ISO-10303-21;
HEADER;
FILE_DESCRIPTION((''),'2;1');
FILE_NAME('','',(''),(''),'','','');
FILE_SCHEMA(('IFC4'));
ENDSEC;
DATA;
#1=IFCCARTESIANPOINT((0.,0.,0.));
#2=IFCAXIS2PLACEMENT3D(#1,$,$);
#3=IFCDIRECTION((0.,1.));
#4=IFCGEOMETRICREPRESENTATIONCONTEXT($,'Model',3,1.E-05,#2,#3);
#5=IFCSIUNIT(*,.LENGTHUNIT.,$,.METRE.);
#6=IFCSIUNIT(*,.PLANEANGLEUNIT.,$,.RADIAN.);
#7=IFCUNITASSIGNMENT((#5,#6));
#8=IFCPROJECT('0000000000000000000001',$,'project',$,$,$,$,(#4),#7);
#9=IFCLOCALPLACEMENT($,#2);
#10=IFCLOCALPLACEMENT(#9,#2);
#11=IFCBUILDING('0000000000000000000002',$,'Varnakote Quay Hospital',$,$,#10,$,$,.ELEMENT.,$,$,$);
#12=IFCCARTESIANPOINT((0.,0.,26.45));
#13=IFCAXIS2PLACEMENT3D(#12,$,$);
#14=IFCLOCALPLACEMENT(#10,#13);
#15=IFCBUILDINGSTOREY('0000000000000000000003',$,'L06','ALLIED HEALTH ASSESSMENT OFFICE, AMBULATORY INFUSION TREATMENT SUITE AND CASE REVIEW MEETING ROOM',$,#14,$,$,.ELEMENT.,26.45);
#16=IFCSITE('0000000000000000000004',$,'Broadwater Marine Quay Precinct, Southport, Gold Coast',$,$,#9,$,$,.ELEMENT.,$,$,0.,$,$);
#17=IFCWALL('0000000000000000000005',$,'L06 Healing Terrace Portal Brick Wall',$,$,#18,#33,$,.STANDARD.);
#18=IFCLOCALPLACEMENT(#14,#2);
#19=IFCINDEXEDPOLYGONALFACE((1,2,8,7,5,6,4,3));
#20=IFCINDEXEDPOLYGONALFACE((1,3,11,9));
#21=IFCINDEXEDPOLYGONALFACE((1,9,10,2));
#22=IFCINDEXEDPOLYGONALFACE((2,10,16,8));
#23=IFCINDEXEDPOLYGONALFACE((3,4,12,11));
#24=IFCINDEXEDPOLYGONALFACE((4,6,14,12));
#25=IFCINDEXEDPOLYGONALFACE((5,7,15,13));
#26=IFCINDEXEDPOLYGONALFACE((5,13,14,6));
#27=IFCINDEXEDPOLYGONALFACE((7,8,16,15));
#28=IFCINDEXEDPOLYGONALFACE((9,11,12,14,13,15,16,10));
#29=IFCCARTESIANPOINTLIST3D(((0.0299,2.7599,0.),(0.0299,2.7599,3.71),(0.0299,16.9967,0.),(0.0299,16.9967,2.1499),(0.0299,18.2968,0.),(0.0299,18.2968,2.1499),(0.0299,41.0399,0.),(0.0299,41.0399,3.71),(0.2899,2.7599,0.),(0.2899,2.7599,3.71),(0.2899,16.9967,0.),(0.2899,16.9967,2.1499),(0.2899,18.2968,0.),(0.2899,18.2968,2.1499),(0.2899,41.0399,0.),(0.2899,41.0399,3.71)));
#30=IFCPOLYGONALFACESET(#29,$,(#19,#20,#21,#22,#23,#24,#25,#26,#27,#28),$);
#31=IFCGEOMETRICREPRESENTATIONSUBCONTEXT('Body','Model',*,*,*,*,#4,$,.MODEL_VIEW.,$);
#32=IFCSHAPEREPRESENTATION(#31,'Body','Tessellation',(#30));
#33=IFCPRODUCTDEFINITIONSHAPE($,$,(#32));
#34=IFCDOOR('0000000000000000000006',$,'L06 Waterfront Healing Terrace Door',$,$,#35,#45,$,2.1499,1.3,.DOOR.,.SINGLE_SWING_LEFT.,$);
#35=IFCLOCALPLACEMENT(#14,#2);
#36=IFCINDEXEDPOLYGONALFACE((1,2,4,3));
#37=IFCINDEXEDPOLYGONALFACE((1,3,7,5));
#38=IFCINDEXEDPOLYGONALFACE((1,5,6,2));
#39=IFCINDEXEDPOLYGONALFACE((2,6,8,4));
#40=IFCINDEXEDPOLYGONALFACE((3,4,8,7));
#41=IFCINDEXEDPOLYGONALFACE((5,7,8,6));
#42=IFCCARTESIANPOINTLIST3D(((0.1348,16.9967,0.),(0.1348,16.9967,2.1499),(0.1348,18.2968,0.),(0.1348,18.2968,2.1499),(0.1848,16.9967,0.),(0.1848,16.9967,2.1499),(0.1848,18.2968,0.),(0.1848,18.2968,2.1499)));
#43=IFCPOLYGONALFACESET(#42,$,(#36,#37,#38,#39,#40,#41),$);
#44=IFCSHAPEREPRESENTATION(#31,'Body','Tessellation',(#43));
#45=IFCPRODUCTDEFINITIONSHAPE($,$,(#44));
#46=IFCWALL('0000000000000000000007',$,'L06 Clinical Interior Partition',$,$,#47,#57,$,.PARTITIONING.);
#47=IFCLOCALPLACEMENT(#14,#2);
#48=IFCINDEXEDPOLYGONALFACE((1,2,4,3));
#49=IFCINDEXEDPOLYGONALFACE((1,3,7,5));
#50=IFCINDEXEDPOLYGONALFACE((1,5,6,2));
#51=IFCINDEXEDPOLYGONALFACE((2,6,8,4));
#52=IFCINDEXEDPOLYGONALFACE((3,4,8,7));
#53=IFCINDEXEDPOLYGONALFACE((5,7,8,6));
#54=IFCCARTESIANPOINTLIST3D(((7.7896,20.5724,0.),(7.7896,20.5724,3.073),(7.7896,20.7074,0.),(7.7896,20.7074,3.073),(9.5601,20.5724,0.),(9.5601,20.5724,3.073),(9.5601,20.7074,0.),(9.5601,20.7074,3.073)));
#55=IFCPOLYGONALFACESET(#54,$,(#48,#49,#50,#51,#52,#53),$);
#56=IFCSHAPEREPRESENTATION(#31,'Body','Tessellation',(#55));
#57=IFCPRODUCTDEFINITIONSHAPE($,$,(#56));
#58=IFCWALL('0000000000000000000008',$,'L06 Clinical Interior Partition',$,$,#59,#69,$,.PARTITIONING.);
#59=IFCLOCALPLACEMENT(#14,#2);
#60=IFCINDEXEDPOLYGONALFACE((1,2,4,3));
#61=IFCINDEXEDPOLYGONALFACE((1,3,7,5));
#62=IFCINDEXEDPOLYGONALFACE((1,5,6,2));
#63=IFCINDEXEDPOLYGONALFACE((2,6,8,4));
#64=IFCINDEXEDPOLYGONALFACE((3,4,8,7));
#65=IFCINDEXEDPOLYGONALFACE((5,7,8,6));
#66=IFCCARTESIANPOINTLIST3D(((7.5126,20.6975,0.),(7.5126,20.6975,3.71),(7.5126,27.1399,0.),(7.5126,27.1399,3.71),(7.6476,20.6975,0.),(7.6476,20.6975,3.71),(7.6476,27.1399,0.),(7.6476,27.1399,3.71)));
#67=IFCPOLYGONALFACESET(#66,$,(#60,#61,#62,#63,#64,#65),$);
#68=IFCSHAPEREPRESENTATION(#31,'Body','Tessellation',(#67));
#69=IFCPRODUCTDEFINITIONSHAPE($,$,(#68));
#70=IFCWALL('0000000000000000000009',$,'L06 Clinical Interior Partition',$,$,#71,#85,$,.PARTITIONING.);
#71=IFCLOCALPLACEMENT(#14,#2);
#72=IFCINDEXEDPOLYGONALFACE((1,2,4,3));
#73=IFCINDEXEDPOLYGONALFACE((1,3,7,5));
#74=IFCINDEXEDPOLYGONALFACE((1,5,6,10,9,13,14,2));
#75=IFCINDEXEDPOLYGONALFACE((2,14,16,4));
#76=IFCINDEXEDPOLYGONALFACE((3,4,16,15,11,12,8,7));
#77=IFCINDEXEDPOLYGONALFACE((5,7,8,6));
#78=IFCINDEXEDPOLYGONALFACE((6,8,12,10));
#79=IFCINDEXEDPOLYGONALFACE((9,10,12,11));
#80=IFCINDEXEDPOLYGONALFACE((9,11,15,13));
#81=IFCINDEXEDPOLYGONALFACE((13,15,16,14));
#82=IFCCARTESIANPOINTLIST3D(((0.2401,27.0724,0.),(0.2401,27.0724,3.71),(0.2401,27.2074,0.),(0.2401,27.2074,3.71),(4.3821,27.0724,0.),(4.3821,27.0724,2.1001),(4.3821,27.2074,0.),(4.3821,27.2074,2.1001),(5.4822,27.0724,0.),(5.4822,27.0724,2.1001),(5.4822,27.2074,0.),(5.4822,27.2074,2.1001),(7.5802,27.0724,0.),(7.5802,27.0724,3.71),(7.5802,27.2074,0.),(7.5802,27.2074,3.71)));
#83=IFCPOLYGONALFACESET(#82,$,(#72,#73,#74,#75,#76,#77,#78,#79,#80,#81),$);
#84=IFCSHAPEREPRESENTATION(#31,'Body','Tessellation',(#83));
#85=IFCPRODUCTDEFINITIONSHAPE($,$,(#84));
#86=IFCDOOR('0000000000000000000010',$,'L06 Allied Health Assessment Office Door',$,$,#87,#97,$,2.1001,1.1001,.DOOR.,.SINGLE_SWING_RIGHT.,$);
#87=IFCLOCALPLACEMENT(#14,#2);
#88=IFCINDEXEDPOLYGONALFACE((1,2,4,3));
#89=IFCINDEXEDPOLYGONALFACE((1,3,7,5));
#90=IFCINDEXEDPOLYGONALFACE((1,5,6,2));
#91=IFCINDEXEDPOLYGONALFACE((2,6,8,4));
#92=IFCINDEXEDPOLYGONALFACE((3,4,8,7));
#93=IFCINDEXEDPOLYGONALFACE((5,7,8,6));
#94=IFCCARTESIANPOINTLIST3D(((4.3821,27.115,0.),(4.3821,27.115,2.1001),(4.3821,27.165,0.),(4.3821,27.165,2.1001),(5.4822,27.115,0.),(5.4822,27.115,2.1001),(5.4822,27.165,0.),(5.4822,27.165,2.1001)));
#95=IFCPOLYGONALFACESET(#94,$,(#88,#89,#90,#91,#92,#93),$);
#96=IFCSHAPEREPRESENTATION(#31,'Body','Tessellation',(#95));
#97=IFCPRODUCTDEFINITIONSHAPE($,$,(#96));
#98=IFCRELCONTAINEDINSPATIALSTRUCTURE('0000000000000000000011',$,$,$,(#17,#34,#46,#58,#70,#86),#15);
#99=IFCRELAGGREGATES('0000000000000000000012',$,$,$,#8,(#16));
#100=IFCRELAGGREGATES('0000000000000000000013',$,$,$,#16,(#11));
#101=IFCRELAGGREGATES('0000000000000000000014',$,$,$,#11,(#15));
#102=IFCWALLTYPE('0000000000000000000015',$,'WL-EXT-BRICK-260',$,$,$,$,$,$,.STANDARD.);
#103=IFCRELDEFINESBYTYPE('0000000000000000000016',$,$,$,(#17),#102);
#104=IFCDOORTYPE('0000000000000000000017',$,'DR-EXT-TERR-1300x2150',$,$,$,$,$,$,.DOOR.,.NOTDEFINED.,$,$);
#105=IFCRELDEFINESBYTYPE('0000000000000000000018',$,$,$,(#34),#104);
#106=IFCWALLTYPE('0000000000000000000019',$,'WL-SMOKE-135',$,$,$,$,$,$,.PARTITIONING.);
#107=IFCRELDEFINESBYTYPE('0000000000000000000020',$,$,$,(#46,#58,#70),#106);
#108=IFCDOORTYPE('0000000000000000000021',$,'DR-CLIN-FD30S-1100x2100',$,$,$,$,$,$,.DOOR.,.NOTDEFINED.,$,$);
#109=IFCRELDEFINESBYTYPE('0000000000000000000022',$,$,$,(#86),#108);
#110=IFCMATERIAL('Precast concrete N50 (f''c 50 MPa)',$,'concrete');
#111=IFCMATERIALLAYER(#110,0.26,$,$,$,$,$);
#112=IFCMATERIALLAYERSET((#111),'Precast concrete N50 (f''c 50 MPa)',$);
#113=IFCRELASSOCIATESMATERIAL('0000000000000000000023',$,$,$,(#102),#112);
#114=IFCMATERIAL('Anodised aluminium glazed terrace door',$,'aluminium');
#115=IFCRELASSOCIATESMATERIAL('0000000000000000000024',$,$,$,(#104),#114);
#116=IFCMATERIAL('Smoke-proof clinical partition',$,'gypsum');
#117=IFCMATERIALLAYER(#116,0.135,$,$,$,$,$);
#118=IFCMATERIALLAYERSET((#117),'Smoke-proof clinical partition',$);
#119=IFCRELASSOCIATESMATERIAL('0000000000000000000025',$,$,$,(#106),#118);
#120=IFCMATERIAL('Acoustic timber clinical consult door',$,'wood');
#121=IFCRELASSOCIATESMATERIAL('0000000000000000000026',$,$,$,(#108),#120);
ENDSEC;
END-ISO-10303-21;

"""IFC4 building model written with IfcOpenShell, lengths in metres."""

from ifc_helpers import new_model, si_unit, direction, frame, frame_2d, origin, place, context, subcontext, project, spatial, rectangle, extrude, material, layer, layer_set, type_object, element, fill, save


model = new_model("IFC4")

# Units and contexts
model_context = context("Model", 3, precision=1e-05, world=origin(), true_north=direction((0.0, 1.0)))
body_context = subcontext(model_context, "Body", "Model", "MODEL_VIEW")
ifc_project = project(units=[si_unit("LENGTHUNIT", "METRE"), si_unit("PLANEANGLEUNIT", "RADIAN")], contexts=[model_context])

# Site, building, storey
site_placement = place(None, origin())
site = spatial("IfcSite", under=ifc_project, at=site_placement, Name="Broadwater Marine Quay Precinct, Southport, Gold Coast", CompositionType="ELEMENT", RefElevation=0.0)
building_placement = place(site_placement, origin())
building = spatial("IfcBuilding", under=site, at=building_placement, Name="Varnakote Quay Hospital", CompositionType="ELEMENT")
storey_placement = place(building_placement, frame((0.0, 0.0, 26.45)))
storey = spatial("IfcBuildingStorey", under=building, at=storey_placement, Name="L06", Description="ALLIED HEALTH ASSESSMENT OFFICE, AMBULATORY INFUSION TREATMENT SUITE AND CASE REVIEW MEETING ROOM", CompositionType="ELEMENT", Elevation=26.45)

# Shared definitions
ifc_material_1 = material(Name="Precast concrete N50 (f'c 50 MPa)", Category="concrete")
ifc_layer_1 = layer(ifc_material_1, 0.26)
ifc_layer_set_1 = layer_set([ifc_layer_1], Name="Precast concrete N50 (f'c 50 MPa)")
wall_type_1 = type_object("IfcWallType", Name="WL-EXT-BRICK-260", PredefinedType="STANDARD", material=ifc_layer_set_1)

# Wall, opening, door
wall_1_placement = place(storey_placement, frame((0.1599, 41.04, 0.0), z_axis=(0.0, 0.0, 1.0), x_axis=(0.0, -1.0, 0.0)))
wall_1 = element("IfcWall", 1, at=wall_1_placement, inside=storey, type_object=wall_type_1, Name="L06 Healing Terrace Portal Brick Wall", PredefinedType="STANDARD", context=body_context, shape_type="SweptSolid", body=[
    extrude(rectangle(XDim=38.28, YDim=0.26, at=frame_2d((19.1401, 0.0))), origin(), (0.0, 0.0, 1.0), 3.71),
])
opening_1_placement = place(wall_1_placement, frame((22.7434, 0.0, 0.0)))
opening_1 = element("IfcOpeningElement", 2, at=opening_1_placement, cuts=wall_1, PredefinedType="OPENING", context=body_context, shape_type="SweptSolid", body=[
    extrude(rectangle(XDim=1.3, YDim=2.1499, at=frame_2d((0.6499, 1.075))), frame((0.0, 0.1399, 0.0), z_axis=(0.0, -1.0, 0.0), x_axis=(1.0, 0.0, 0.0)), (0.0, 0.0, 1.0), 0.28),
])
ifc_material_2 = material(Name="Anodised aluminium glazed terrace door", Category="aluminium")
door_type_1 = type_object("IfcDoorType", Name="DR-EXT-TERR-1300x2150", OperationType="NOTDEFINED", PredefinedType="DOOR", material=ifc_material_2)
door_1_placement = place(opening_1_placement, origin())
door_1 = element("IfcDoor", 3, at=door_1_placement, inside=storey, type_object=door_type_1, Name="L06 Waterfront Healing Terrace Door", OperationType="SINGLE_SWING_LEFT", OverallHeight=2.1499, OverallWidth=1.3, PredefinedType="DOOR", context=body_context, shape_type="SweptSolid", body=[
    extrude(rectangle(XDim=1.3, YDim=2.1499, at=frame_2d((0.6499, 1.075))), frame((0.0, 0.0249, 0.0), z_axis=(0.0, -1.0, 0.0), x_axis=(1.0, 0.0, 0.0)), (0.0, 0.0, 1.0), 0.05),
])
fill(opening_1, door_1)

# Walls
ifc_material_3 = material(Name="Smoke-proof clinical partition", Category="gypsum")
ifc_layer_2 = layer(ifc_material_3, 0.135)
ifc_layer_set_2 = layer_set([ifc_layer_2], Name="Smoke-proof clinical partition")
wall_type_2 = type_object("IfcWallType", Name="WL-SMOKE-135", PredefinedType="PARTITIONING", material=ifc_layer_set_2)
wall_2_placement = place(storey_placement, frame((9.5601, 20.6399, 0.0), z_axis=(0.0, 0.0, 1.0), x_axis=(-1.0, 0.0, 0.0)))
element("IfcWall", 4, at=wall_2_placement, inside=storey, type_object=wall_type_2, Name="L06 Clinical Interior Partition", PredefinedType="PARTITIONING", context=body_context, shape_type="SweptSolid", body=[
    extrude(rectangle(XDim=1.7705, YDim=0.135, at=frame_2d((0.8853, 0.0))), origin(), (0.0, 0.0, 1.0), 3.073),
])
wall_3_placement = place(storey_placement, frame((7.5801, 20.6975, 0.0), z_axis=(0.0, 0.0, 1.0), x_axis=(0.0, 1.0, 0.0)))
element("IfcWall", 5, at=wall_3_placement, inside=storey, type_object=wall_type_2, Name="L06 Clinical Interior Partition", PredefinedType="PARTITIONING", context=body_context, shape_type="SweptSolid", body=[
    extrude(rectangle(XDim=6.4424, YDim=0.135, at=frame_2d((3.2212, 0.0))), origin(), (0.0, 0.0, 1.0), 3.71),
])

# Wall, opening, door
wall_4_placement = place(storey_placement, frame((7.5801, 27.1399, 0.0), z_axis=(0.0, 0.0, 1.0), x_axis=(-1.0, 0.0, 0.0)))
wall_4 = element("IfcWall", 6, at=wall_4_placement, inside=storey, type_object=wall_type_2, Name="L06 Clinical Interior Partition", PredefinedType="PARTITIONING", context=body_context, shape_type="SweptSolid", body=[
    extrude(rectangle(XDim=7.3401, YDim=0.135, at=frame_2d((3.6699, 0.0))), origin(), (0.0, 0.0, 1.0), 3.71),
])
opening_2_placement = place(wall_4_placement, frame((2.0979, 0.0, 0.0)))
opening_2 = element("IfcOpeningElement", 7, at=opening_2_placement, cuts=wall_4, PredefinedType="OPENING", context=body_context, shape_type="SweptSolid", body=[
    extrude(rectangle(XDim=1.1001, YDim=2.1001, at=frame_2d((0.55, 1.05))), frame((0.0, 0.0774, 0.0), z_axis=(0.0, -1.0, 0.0), x_axis=(1.0, 0.0, 0.0)), (0.0, 0.0, 1.0), 0.155),
])
ifc_material_4 = material(Name="Acoustic timber clinical consult door", Category="wood")
door_type_2 = type_object("IfcDoorType", Name="DR-CLIN-FD30S-1100x2100", OperationType="NOTDEFINED", PredefinedType="DOOR", material=ifc_material_4)
door_2_placement = place(opening_2_placement, origin())
door_2 = element("IfcDoor", 8, at=door_2_placement, inside=storey, type_object=door_type_2, Name="L06 Allied Health Assessment Office Door", OperationType="SINGLE_SWING_RIGHT", OverallHeight=2.1001, OverallWidth=1.1001, PredefinedType="DOOR", context=body_context, shape_type="SweptSolid", body=[
    extrude(rectangle(XDim=1.1001, YDim=2.1001, at=frame_2d((0.55, 1.05))), frame((0.0, 0.0249, 0.0), z_axis=(0.0, -1.0, 0.0), x_axis=(1.0, 0.0, 0.0)), (0.0, 0.0, 1.0), 0.05),
])
fill(opening_2, door_2)

save(model, "model.ifc")
